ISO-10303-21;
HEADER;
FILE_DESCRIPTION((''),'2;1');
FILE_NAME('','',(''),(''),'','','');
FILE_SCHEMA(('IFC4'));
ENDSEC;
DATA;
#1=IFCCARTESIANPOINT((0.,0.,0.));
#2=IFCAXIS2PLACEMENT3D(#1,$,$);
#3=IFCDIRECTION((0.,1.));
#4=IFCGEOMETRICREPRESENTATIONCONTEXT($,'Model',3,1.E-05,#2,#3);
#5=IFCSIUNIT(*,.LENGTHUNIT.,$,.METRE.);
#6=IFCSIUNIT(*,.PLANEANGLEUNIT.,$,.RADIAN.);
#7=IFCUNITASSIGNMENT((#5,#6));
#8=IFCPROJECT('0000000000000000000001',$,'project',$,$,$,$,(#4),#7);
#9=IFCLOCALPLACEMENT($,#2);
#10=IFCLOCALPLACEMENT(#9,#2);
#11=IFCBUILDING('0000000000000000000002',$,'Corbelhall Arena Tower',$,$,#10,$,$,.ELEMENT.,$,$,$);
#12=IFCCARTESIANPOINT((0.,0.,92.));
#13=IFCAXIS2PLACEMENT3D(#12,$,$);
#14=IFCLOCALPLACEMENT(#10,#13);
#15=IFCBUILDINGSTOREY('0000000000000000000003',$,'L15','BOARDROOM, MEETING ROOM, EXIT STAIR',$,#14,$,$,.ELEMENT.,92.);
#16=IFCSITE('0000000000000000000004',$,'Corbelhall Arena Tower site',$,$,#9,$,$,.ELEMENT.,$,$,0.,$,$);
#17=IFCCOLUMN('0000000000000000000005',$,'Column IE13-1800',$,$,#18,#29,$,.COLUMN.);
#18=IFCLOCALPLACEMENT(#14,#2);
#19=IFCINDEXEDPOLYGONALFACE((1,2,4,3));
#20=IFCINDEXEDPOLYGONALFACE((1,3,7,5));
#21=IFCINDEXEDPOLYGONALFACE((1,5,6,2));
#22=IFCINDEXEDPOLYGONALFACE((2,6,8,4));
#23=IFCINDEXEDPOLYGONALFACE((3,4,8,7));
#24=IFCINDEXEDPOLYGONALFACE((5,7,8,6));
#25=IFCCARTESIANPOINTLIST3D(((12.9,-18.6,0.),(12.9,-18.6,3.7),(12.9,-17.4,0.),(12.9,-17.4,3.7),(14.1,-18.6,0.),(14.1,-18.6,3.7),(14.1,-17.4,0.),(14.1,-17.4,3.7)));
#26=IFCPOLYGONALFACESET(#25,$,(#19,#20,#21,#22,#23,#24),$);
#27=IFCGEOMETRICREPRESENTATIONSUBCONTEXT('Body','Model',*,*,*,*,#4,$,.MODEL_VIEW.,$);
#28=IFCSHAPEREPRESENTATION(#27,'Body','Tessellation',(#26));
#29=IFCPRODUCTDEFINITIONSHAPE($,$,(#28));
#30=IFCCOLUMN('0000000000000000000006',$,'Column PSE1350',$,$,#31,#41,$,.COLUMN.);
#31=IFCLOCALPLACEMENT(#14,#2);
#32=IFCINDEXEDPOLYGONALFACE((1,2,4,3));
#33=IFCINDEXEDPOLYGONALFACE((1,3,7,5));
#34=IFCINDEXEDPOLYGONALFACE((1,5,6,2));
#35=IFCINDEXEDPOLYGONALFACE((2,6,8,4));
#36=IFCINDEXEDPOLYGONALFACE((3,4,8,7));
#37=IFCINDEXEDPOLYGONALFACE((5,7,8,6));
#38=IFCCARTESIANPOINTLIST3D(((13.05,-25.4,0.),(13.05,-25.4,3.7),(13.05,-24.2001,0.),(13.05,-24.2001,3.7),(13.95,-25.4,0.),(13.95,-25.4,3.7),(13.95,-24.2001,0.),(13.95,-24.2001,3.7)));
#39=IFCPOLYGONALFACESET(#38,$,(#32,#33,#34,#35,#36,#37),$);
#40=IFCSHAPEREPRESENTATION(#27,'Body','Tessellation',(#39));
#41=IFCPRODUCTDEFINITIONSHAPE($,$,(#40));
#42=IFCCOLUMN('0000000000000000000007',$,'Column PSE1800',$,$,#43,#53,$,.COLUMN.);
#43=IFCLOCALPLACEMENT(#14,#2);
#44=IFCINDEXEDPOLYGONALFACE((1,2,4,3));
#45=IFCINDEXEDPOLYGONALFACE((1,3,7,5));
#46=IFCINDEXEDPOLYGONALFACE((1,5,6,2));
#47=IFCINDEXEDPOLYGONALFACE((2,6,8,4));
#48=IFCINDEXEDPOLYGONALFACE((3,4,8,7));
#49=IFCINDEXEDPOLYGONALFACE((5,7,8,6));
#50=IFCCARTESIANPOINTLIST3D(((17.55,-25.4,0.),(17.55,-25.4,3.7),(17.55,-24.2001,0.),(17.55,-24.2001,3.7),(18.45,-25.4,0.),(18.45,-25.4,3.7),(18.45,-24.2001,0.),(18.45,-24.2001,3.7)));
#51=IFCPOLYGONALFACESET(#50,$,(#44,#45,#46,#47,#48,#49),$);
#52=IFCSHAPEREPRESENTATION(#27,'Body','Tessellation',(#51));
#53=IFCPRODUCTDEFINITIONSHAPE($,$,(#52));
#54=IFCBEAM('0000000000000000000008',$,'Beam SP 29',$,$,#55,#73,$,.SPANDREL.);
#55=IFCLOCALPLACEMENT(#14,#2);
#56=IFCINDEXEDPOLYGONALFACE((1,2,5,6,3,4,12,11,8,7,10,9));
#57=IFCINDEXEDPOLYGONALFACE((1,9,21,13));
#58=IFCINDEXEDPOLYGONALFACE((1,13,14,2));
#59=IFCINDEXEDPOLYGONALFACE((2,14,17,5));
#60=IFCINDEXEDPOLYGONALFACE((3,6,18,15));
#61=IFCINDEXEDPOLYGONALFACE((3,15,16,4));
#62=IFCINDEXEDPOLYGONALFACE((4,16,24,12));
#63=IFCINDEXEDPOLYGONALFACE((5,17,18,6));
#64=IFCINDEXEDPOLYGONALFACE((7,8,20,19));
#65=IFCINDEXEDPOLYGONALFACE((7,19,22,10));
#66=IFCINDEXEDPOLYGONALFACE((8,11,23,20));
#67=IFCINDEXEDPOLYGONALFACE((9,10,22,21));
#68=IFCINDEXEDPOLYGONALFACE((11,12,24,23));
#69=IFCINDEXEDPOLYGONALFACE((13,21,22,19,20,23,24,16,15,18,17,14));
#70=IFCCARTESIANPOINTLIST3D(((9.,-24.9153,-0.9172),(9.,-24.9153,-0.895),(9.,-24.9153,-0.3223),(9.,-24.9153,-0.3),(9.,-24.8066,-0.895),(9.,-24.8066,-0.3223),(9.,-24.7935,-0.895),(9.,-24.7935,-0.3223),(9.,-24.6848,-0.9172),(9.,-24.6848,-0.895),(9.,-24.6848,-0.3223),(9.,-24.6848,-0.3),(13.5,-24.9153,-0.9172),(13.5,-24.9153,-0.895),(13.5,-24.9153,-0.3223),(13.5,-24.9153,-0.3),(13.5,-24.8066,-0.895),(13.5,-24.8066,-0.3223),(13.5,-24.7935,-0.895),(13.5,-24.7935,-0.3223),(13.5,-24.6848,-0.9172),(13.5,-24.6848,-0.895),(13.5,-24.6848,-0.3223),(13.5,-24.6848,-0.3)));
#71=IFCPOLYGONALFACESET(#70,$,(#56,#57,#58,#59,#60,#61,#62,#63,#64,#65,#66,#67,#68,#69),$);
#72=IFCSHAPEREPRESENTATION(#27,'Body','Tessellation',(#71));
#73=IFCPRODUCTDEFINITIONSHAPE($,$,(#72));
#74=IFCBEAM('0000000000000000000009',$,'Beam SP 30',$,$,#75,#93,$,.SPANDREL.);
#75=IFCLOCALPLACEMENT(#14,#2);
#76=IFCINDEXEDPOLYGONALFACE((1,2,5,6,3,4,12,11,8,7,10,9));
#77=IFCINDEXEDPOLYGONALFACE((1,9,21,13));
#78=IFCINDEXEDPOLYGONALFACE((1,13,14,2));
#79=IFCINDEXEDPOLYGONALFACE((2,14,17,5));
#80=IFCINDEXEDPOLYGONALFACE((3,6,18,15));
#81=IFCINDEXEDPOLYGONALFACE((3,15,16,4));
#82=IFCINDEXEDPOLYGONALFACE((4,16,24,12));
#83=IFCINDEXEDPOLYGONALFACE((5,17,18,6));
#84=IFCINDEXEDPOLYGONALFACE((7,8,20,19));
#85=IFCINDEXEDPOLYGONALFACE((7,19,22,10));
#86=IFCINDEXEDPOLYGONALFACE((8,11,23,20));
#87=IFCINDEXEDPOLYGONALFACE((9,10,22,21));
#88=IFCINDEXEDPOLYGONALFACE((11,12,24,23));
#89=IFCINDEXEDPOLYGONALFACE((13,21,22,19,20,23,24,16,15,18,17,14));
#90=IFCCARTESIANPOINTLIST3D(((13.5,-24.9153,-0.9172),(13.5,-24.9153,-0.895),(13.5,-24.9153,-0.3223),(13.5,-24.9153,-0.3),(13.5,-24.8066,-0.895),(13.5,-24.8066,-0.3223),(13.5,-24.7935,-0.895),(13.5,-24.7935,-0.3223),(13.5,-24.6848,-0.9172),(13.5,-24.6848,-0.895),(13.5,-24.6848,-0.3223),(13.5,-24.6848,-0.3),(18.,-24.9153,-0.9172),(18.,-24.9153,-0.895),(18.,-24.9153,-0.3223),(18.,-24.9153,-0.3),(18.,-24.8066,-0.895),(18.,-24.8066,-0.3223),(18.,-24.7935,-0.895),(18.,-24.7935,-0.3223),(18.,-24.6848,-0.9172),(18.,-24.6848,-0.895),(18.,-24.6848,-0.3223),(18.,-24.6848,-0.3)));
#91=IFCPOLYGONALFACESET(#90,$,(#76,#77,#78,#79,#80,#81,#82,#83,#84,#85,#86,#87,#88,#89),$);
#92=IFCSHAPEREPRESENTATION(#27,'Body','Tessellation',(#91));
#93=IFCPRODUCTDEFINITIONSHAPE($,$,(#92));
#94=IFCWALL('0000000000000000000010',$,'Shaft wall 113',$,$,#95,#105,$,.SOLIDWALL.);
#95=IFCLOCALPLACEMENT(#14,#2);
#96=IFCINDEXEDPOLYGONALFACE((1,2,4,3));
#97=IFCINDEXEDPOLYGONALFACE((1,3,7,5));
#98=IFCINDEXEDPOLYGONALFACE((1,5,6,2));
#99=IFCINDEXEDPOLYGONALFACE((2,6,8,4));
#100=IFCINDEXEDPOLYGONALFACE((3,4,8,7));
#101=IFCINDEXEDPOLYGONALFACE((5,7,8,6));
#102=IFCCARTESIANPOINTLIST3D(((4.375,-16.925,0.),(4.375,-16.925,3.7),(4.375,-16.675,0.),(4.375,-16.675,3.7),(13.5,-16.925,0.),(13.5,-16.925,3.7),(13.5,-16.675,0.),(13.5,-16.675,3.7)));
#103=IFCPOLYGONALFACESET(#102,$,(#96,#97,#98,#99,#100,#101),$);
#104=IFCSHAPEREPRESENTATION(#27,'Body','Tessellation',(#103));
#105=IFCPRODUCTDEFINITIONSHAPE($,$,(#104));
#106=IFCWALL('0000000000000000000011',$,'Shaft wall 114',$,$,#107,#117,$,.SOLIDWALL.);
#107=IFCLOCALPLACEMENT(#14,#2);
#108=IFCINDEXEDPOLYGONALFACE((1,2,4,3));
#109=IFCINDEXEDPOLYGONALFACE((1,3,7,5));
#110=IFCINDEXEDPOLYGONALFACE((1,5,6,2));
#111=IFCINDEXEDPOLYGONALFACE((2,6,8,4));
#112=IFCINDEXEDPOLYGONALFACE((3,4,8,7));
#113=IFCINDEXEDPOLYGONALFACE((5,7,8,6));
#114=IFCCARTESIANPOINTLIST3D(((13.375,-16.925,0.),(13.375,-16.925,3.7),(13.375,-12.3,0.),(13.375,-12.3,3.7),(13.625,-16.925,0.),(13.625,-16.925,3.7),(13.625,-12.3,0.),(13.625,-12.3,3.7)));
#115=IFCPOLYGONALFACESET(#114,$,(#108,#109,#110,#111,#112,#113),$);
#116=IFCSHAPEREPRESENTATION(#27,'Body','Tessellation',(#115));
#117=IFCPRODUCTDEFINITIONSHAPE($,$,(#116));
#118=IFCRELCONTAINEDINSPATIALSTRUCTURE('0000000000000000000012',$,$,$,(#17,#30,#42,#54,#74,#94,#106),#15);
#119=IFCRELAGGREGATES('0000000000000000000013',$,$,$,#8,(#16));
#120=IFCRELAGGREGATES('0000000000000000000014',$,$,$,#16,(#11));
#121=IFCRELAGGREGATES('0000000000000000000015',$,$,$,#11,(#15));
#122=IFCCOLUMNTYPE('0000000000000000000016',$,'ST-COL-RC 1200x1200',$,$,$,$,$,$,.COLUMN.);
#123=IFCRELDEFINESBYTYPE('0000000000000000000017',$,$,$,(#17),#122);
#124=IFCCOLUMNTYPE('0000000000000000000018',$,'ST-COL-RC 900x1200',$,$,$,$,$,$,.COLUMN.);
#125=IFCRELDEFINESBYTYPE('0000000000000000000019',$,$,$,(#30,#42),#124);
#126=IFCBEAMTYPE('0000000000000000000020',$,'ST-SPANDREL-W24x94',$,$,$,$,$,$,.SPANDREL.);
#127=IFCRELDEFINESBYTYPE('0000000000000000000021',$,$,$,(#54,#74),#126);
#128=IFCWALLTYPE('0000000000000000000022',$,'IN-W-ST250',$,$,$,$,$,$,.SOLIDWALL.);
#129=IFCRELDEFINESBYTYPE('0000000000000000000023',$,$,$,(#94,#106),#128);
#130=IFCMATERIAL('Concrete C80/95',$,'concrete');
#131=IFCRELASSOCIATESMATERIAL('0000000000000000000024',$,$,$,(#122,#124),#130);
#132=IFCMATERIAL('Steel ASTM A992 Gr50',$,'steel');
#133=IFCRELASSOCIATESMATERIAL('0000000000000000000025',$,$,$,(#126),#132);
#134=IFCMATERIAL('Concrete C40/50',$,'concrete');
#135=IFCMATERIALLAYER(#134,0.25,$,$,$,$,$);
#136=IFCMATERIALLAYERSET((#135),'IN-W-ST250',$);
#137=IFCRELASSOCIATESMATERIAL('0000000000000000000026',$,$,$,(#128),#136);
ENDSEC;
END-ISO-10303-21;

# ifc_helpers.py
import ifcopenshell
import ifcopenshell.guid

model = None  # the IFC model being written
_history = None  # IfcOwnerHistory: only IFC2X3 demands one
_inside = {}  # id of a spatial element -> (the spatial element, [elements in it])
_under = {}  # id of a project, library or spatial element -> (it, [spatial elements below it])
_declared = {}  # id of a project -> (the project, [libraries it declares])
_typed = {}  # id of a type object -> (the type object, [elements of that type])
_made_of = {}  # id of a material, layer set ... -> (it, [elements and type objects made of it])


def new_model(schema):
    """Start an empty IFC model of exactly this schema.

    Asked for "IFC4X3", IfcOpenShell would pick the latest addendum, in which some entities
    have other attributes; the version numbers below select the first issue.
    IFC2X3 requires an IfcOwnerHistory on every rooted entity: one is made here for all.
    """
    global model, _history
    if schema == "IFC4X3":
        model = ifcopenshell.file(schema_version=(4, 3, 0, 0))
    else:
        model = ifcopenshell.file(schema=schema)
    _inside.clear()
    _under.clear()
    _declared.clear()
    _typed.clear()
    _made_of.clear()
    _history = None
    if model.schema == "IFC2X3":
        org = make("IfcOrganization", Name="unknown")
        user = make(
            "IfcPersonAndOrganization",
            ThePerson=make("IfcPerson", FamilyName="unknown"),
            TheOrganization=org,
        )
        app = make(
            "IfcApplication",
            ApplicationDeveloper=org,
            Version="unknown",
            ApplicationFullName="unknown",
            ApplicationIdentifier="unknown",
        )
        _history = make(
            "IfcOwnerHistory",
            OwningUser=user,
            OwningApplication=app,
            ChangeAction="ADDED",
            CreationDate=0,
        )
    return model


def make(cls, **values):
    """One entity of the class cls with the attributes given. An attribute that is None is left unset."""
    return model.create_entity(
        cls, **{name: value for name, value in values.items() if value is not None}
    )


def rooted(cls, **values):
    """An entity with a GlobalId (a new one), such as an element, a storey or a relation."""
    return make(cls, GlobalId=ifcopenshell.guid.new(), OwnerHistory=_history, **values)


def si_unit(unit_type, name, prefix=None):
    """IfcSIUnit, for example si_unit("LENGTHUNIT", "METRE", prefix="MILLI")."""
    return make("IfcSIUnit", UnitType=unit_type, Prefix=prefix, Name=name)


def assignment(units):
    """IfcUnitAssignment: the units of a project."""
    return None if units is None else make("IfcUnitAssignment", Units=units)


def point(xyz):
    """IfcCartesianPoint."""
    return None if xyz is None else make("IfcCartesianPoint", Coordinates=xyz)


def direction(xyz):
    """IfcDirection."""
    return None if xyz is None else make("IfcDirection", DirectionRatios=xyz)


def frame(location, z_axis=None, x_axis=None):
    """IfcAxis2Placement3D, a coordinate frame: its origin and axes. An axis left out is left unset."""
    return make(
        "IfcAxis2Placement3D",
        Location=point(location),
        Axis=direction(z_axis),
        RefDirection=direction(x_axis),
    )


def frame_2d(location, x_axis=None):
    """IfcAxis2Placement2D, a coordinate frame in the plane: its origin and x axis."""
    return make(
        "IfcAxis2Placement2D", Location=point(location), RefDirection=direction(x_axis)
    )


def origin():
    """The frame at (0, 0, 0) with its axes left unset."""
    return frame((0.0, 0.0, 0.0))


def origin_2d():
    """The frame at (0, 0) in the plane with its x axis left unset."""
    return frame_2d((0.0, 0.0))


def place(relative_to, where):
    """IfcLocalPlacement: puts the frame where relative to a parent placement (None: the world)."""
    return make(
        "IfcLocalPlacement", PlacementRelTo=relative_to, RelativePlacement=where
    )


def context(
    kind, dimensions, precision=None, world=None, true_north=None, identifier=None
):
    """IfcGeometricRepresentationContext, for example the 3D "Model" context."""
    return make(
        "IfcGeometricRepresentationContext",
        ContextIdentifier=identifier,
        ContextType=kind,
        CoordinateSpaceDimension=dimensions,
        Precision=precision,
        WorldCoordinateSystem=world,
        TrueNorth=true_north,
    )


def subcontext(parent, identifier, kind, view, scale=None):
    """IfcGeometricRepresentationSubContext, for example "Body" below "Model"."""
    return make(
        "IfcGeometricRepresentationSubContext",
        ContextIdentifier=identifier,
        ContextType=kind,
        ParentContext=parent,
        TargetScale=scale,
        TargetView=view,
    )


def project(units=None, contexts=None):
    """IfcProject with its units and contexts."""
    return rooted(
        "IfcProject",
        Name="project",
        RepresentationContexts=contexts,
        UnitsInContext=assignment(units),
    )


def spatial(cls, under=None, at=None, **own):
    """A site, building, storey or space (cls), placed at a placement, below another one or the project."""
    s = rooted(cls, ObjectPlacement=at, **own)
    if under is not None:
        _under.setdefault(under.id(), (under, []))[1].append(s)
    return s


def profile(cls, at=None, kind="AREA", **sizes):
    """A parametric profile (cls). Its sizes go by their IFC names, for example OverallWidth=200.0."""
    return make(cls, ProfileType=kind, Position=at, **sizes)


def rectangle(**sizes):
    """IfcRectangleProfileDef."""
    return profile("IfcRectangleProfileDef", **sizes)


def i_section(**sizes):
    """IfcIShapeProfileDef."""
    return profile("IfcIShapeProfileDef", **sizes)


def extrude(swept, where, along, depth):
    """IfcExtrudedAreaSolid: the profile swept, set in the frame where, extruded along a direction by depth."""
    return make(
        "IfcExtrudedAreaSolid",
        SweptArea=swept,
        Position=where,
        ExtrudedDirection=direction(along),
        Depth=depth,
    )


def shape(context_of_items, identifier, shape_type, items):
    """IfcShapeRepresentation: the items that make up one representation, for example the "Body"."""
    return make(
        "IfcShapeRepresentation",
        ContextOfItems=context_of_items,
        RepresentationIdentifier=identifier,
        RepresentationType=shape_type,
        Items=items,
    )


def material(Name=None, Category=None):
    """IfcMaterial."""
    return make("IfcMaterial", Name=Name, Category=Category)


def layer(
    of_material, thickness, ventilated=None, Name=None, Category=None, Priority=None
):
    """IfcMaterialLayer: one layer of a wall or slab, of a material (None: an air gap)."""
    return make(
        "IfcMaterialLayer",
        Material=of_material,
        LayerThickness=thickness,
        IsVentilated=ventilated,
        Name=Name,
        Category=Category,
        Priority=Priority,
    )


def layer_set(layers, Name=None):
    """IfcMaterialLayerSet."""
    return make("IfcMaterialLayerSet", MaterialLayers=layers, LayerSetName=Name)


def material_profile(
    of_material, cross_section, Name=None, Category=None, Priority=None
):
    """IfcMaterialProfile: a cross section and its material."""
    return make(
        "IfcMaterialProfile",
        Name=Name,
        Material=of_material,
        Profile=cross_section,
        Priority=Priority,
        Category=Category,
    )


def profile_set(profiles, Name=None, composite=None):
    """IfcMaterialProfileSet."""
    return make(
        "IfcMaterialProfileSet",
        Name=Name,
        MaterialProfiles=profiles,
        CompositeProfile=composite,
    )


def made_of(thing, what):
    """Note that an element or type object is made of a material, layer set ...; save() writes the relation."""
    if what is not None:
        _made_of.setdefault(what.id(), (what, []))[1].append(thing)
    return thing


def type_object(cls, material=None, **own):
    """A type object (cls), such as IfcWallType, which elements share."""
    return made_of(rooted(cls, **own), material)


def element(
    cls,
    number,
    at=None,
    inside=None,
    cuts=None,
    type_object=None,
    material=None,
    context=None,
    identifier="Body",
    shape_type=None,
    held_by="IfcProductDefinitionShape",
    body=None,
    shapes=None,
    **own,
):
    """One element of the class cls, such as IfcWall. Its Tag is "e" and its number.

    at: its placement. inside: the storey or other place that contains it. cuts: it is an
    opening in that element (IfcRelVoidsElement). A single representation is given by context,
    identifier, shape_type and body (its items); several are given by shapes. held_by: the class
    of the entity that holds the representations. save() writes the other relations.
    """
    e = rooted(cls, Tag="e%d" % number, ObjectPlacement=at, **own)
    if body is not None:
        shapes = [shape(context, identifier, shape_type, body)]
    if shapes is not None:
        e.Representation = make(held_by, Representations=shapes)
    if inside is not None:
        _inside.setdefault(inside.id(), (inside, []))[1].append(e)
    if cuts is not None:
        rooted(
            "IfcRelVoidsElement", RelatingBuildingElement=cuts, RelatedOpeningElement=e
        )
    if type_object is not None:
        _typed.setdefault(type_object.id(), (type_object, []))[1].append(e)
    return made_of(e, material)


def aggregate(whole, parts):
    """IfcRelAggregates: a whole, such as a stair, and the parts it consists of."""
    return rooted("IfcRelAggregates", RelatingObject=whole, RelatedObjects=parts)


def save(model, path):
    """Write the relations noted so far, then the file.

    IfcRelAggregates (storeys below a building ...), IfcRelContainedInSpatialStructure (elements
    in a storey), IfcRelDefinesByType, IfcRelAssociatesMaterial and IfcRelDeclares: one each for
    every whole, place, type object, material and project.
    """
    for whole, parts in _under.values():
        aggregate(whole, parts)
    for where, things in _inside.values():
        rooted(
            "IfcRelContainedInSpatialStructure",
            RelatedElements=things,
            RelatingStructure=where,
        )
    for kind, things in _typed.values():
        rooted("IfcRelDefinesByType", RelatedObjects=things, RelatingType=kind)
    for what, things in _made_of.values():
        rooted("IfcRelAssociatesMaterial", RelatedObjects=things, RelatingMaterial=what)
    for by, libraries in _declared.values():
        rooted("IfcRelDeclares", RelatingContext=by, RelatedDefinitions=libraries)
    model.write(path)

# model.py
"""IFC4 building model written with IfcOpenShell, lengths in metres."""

from ifc_helpers import new_model, si_unit, direction, frame, frame_2d, origin, origin_2d, place, context, subcontext, project, spatial, rectangle, i_section, extrude, material, layer, layer_set, material_profile, profile_set, type_object, element, save


model = new_model("IFC4")

# Units and contexts
model_context = context("Model", 3, precision=1e-05, world=origin(), true_north=direction((0.0, 1.0)))
body_context = subcontext(model_context, "Body", "Model", "MODEL_VIEW")
ifc_project = project(units=[si_unit("LENGTHUNIT", "METRE"), si_unit("PLANEANGLEUNIT", "RADIAN")], contexts=[model_context])

# Site, building, storey
site_placement = place(None, origin())
site = spatial("IfcSite", under=ifc_project, at=site_placement, Name="Corbelhall Arena Tower site", CompositionType="ELEMENT", RefElevation=0.0)
building_placement = place(site_placement, origin())
building = spatial("IfcBuilding", under=site, at=building_placement, Name="Corbelhall Arena Tower", CompositionType="ELEMENT")
storey_placement = place(building_placement, frame((0.0, 0.0, 92.0)))
storey = spatial("IfcBuildingStorey", under=building, at=storey_placement, Name="L15", Description="BOARDROOM, MEETING ROOM, EXIT STAIR", CompositionType="ELEMENT", Elevation=92.0)

# Columns
ifc_material_1 = material(Name="Concrete C80/95", Category="concrete")
ifc_material_profile_1 = material_profile(ifc_material_1, rectangle(XDim=1.2, YDim=1.2, at=origin_2d()))
ifc_profile_set_1 = profile_set([ifc_material_profile_1], Name="Concrete C80/95")
column_type_1 = type_object("IfcColumnType", Name="ST-COL-RC 1200x1200", PredefinedType="COLUMN", material=ifc_profile_set_1)
column_placement = place(storey_placement, frame((13.5, -18.0, 0.0), z_axis=(0.0, 0.0, 1.0), x_axis=(1.0, 0.0, 0.0)))
element("IfcColumn", 1, at=column_placement, inside=storey, type_object=column_type_1, Name="Column IE13-1800", PredefinedType="COLUMN", context=body_context, shape_type="SweptSolid", body=[
    extrude(rectangle(XDim=1.2, YDim=1.2, at=origin_2d()), origin(), (0.0, 0.0, 1.0), 3.7),
])
ifc_material_profile_2 = material_profile(ifc_material_1, rectangle(XDim=0.8999, YDim=1.2, at=origin_2d()))
ifc_profile_set_2 = profile_set([ifc_material_profile_2], Name="Concrete C80/95")
column_type_2 = type_object("IfcColumnType", Name="ST-COL-RC 900x1200", PredefinedType="COLUMN", material=ifc_profile_set_2)
for number, where, z_axis, x_axis, name in (
    (2, (13.5, -24.8, 0.0), (0.0, 0.0, 1.0), (1.0, 0.0, 0.0), "Column PSE1350"),
    (3, (18.0, -24.8, 0.0), (0.0, 0.0, 1.0), (1.0, 0.0, 0.0), "Column PSE1800"),
):
    element("IfcColumn", number, at=place(storey_placement, frame(where, z_axis=z_axis, x_axis=x_axis)), inside=storey, type_object=column_type_2, Name=name, PredefinedType="COLUMN", context=body_context, shape_type="SweptSolid", body=[
        extrude(rectangle(XDim=0.8999, YDim=1.2, at=origin_2d()), origin(), (0.0, 0.0, 1.0), 3.7),
    ])

# Beams
ifc_material_2 = material(Name="Steel ASTM A992 Gr50", Category="steel")
ifc_material_profile_3 = material_profile(ifc_material_2, i_section(OverallWidth=0.2305, OverallDepth=0.6172, WebThickness=0.0132, FlangeThickness=0.0222, at=origin_2d()))
ifc_profile_set_3 = profile_set([ifc_material_profile_3], Name="Steel ASTM A992 Gr50")
beam_type = type_object("IfcBeamType", Name="ST-SPANDREL-W24x94", PredefinedType="SPANDREL", material=ifc_profile_set_3)
for number, where, z_axis, x_axis, name in (
    (4, (13.5, -24.8, -0.6086), (-1.0, 0.0, 0.0), (0.0, -1.0, 0.0), "Beam SP 29"),
    (5, (18.0, -24.8, -0.6086), (-1.0, 0.0, 0.0), (0.0, -1.0, 0.0), "Beam SP 30"),
):
    element("IfcBeam", number, at=place(storey_placement, frame(where, z_axis=z_axis, x_axis=x_axis)), inside=storey, type_object=beam_type, Name=name, PredefinedType="SPANDREL", context=body_context, shape_type="SweptSolid", body=[
        extrude(i_section(OverallWidth=0.2305, OverallDepth=0.6172, WebThickness=0.0132, FlangeThickness=0.0222, at=origin_2d()), origin(), (0.0, 0.0, 1.0), 4.5),
    ])

# Walls
ifc_material_3 = material(Name="Concrete C40/50", Category="concrete")
ifc_layer_1 = layer(ifc_material_3, 0.25)
ifc_layer_set_1 = layer_set([ifc_layer_1], Name="IN-W-ST250")
wall_type_1 = type_object("IfcWallType", Name="IN-W-ST250", PredefinedType="SOLIDWALL", material=ifc_layer_set_1)
wall_1_placement = place(storey_placement, frame((13.5, -16.8, 0.0), z_axis=(0.0, 0.0, 1.0), x_axis=(-1.0, 0.0, 0.0)))
element("IfcWall", 6, at=wall_1_placement, inside=storey, type_object=wall_type_1, Name="Shaft wall 113", PredefinedType="SOLIDWALL", context=body_context, shape_type="SweptSolid", body=[
    extrude(rectangle(XDim=9.125, YDim=0.25, at=frame_2d((4.5625, 0.0))), origin(), (0.0, 0.0, 1.0), 3.7),
])
wall_2_placement = place(storey_placement, frame((13.5, -12.3, 0.0), z_axis=(0.0, 0.0, 1.0), x_axis=(0.0, -1.0, 0.0)))
element("IfcWall", 7, at=wall_2_placement, inside=storey, type_object=wall_type_1, Name="Shaft wall 114", PredefinedType="SOLIDWALL", context=body_context, shape_type="SweptSolid", body=[
    extrude(rectangle(XDim=4.625, YDim=0.25, at=frame_2d((2.3125, 0.0))), origin(), (0.0, 0.0, 1.0), 3.7),
])

save(model, "model.ifc")
